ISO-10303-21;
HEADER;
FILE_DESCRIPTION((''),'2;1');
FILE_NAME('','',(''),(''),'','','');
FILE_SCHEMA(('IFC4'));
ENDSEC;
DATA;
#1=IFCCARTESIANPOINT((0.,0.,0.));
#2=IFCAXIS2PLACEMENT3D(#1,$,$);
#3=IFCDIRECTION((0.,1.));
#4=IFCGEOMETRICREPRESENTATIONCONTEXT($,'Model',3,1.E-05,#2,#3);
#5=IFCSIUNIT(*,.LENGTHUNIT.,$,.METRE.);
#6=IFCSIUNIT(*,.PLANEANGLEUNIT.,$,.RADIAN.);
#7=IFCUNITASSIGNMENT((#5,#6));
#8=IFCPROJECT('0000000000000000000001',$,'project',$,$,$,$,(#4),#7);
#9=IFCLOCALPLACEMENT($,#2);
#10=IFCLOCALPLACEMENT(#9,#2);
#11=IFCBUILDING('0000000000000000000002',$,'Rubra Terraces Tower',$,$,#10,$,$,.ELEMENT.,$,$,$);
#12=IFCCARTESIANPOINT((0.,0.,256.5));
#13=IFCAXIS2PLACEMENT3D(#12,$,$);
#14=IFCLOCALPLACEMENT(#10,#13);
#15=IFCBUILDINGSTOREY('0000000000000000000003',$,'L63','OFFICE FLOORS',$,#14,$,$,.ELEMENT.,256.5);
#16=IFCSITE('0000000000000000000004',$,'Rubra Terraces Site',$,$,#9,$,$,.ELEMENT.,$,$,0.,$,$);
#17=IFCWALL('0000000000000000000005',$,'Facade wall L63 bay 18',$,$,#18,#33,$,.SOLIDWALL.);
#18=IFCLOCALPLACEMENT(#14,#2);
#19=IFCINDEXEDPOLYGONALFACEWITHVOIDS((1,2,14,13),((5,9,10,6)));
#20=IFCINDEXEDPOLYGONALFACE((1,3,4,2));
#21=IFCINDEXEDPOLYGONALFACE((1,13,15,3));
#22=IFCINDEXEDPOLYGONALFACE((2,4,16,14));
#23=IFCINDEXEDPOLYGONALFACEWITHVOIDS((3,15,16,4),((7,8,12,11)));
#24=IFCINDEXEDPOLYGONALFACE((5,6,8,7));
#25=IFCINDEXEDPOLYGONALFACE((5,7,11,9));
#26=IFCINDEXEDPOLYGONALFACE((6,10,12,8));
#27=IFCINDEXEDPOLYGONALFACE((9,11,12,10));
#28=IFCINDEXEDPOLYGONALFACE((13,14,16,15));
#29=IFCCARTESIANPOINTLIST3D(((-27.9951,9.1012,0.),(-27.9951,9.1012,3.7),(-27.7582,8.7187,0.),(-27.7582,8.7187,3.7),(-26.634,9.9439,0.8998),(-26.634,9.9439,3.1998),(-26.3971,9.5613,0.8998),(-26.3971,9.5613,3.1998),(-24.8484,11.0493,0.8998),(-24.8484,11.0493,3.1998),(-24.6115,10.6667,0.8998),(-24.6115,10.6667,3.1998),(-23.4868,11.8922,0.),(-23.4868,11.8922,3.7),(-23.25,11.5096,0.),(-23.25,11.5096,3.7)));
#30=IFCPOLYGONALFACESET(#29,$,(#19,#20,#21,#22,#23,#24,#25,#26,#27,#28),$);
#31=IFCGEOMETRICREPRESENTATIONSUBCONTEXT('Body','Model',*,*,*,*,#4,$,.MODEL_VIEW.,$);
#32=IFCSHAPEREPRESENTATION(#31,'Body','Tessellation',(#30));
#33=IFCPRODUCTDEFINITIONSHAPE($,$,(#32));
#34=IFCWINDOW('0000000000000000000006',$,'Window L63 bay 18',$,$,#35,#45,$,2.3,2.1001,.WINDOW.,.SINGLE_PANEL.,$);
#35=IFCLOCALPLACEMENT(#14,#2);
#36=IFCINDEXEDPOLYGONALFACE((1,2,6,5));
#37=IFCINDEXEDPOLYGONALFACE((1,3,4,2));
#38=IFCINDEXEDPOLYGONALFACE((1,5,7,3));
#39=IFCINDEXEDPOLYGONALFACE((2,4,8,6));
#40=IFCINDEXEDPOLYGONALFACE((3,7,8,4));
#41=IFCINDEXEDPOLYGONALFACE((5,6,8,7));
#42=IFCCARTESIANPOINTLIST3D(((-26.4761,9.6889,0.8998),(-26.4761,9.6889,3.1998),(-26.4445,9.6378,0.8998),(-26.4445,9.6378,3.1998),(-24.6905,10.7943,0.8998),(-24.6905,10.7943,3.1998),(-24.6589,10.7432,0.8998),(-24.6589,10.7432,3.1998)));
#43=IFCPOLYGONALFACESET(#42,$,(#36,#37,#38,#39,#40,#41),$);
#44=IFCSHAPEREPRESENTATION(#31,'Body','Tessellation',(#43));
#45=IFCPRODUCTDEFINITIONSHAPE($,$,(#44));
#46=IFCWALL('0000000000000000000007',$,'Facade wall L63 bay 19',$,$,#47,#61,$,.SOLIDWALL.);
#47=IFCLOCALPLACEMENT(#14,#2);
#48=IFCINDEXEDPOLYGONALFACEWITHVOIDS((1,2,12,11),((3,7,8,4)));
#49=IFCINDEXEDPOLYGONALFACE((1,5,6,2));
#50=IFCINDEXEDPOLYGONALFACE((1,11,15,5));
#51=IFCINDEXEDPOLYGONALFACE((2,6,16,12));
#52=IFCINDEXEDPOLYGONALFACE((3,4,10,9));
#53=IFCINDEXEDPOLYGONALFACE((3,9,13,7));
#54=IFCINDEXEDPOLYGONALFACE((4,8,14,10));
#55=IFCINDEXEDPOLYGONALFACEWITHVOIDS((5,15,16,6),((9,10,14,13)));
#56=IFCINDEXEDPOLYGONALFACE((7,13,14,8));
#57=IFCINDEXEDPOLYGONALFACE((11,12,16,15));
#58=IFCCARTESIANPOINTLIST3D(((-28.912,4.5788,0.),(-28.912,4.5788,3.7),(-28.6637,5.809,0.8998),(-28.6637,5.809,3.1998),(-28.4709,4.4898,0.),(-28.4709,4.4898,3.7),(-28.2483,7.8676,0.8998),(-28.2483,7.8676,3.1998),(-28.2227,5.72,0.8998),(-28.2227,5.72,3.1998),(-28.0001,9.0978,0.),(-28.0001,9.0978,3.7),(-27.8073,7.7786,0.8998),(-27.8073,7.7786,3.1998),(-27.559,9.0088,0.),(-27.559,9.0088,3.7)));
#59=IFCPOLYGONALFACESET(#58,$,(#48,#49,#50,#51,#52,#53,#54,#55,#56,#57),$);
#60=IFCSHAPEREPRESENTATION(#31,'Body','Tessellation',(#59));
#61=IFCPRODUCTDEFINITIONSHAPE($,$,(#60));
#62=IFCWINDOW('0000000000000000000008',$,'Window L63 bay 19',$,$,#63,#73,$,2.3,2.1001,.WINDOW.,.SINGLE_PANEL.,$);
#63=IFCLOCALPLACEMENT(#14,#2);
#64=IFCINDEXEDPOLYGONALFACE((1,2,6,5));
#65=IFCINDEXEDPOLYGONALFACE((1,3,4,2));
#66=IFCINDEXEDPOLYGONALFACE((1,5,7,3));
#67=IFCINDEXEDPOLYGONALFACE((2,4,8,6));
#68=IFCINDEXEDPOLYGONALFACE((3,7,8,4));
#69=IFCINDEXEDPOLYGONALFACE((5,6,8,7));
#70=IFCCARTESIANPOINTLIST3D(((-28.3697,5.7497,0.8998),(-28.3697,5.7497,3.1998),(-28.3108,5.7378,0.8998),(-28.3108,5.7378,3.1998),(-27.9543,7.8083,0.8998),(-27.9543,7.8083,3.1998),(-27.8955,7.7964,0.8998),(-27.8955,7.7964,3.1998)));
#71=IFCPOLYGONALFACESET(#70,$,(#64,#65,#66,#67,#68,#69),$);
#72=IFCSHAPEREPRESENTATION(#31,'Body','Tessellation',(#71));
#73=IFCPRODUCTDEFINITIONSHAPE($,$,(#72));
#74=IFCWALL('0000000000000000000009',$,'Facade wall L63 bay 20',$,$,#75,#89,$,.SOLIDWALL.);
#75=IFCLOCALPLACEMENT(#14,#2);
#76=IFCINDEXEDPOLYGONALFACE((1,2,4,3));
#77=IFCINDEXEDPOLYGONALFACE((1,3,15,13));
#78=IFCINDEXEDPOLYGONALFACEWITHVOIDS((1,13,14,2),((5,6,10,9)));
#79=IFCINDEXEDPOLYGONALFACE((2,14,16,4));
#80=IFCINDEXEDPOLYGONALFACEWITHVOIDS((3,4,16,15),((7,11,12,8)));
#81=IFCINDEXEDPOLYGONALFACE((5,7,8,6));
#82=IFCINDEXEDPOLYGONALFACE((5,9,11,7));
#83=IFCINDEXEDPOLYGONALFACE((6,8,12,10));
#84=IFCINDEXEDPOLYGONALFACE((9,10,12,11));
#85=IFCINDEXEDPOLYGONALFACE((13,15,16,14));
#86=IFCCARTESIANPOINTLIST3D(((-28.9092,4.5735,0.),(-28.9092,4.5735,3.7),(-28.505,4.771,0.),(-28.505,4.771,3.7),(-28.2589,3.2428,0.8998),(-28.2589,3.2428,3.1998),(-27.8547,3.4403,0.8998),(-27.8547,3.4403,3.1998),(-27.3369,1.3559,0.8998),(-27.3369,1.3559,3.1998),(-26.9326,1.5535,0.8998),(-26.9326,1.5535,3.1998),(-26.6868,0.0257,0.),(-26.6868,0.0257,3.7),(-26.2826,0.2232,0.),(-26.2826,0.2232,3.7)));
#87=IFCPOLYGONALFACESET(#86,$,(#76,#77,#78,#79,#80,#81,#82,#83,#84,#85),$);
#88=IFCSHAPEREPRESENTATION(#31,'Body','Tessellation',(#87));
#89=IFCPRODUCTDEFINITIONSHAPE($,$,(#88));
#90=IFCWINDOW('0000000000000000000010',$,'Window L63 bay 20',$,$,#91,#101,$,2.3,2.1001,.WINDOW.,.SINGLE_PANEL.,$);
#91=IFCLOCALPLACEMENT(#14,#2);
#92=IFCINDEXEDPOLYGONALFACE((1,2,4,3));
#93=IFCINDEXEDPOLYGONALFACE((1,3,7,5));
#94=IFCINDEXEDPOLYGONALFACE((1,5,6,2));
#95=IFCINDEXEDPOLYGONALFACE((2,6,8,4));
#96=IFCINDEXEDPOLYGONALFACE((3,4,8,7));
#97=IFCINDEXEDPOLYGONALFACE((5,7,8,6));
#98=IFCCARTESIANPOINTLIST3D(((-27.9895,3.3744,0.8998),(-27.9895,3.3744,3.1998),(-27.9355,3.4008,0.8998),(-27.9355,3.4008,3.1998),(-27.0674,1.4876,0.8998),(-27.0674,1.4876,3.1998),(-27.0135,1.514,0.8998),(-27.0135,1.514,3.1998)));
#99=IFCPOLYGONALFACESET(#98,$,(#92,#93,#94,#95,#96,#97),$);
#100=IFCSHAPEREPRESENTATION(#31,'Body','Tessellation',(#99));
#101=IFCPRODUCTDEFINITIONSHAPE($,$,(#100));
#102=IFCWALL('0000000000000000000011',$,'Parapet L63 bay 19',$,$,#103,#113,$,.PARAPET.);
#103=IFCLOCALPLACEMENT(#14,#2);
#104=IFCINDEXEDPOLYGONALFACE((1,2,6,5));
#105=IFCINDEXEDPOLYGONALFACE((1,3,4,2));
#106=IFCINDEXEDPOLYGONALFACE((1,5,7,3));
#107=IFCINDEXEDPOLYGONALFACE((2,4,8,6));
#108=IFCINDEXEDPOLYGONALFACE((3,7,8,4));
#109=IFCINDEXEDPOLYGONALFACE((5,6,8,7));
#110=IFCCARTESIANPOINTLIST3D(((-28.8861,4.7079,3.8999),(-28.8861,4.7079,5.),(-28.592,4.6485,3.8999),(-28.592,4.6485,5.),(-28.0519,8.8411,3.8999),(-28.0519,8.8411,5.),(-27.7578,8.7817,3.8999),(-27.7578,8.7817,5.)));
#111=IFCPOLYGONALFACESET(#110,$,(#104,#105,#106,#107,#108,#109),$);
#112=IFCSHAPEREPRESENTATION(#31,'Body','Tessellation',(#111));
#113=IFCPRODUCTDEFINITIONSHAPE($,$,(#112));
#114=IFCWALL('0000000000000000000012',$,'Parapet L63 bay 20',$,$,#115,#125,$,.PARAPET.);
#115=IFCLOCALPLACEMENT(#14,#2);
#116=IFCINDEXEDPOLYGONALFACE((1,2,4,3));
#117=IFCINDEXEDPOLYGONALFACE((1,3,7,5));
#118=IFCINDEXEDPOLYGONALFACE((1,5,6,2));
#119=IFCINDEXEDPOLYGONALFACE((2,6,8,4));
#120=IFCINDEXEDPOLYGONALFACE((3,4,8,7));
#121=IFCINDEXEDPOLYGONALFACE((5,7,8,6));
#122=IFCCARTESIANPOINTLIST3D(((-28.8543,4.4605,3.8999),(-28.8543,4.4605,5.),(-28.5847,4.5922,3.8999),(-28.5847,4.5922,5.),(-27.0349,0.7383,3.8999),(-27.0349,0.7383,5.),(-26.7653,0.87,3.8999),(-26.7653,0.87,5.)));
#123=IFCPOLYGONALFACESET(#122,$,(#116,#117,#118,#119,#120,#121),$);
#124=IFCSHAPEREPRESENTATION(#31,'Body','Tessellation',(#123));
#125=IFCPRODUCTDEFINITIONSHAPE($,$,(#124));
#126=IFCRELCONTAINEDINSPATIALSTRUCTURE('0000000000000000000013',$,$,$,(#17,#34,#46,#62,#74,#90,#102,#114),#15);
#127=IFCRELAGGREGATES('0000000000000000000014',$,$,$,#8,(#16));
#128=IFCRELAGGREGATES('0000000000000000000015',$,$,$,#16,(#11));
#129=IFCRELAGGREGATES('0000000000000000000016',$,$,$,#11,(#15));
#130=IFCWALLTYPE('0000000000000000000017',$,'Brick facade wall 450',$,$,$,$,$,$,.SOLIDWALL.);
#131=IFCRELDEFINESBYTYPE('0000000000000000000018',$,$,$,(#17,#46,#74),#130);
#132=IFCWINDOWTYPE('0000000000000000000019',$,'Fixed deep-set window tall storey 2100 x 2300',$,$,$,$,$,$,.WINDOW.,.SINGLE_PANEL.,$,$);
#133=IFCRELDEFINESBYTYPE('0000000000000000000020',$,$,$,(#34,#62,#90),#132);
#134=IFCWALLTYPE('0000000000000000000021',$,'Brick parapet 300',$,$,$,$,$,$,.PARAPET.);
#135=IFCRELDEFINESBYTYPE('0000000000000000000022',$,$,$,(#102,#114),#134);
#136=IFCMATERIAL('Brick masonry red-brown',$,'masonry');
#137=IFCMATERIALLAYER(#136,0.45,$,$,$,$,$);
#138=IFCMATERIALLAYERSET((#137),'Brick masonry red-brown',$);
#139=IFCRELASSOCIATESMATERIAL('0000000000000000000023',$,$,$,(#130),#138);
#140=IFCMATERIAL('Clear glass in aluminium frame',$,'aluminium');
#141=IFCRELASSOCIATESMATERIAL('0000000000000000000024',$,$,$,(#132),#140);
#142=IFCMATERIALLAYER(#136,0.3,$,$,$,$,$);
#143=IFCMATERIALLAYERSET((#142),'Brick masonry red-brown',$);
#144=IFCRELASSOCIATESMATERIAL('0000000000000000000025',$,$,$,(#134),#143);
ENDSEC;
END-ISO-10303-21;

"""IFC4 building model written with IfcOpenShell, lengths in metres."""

from ifc_helpers import new_model, si_unit, direction, frame, frame_2d, origin, place, context, subcontext, project, spatial, rectangle, extrude, material, layer, layer_set, type_object, element, fill, save


model = new_model("IFC4")

# Units and contexts
model_context = context("Model", 3, precision=1e-05, world=origin(), true_north=direction((0.0, 1.0)))
body_context = subcontext(model_context, "Body", "Model", "MODEL_VIEW")
ifc_project = project(units=[si_unit("LENGTHUNIT", "METRE"), si_unit("PLANEANGLEUNIT", "RADIAN")], contexts=[model_context])

# Site, building, storey
site_placement = place(None, origin())
site = spatial("IfcSite", under=ifc_project, at=site_placement, Name="Rubra Terraces Site", CompositionType="ELEMENT", RefElevation=0.0)
building_placement = place(site_placement, origin())
building = spatial("IfcBuilding", under=site, at=building_placement, Name="Rubra Terraces Tower", CompositionType="ELEMENT")
storey_placement = place(building_placement, frame((0.0, 0.0, 256.5)))
storey = spatial("IfcBuildingStorey", under=building, at=storey_placement, Name="L63", Description="OFFICE FLOORS", CompositionType="ELEMENT", Elevation=256.5)

# Walls, openings, windows
ifc_material_1 = material(Name="Brick masonry red-brown", Category="masonry")
ifc_layer_1 = layer(ifc_material_1, 0.45)
ifc_layer_set_1 = layer_set([ifc_layer_1], Name="Brick masonry red-brown")
wall_type_1 = type_object("IfcWallType", Name="Brick facade wall 450", PredefinedType="SOLIDWALL", material=ifc_layer_set_1)
wall_1_placement = place(storey_placement, frame((-23.3684, 11.7009, 0.0), z_axis=(0.0, 0.0, 1.0), x_axis=(-0.850251, -0.526377, 0.0)))
wall_1 = element("IfcWall", 1, at=wall_1_placement, inside=storey, type_object=wall_type_1, Name="Facade wall L63 bay 18", PredefinedType="SOLIDWALL", context=body_context, shape_type="SweptSolid", body=[
    extrude(rectangle(XDim=5.3022, YDim=0.45, at=frame_2d((2.6511, 0.0))), origin(), (0.0, 0.0, 1.0), 3.7),
])
opening_1_placement = place(wall_1_placement, frame((1.6013, 0.0, 0.8999)))
opening_1 = element("IfcOpeningElement", 2, at=opening_1_placement, cuts=wall_1, PredefinedType="OPENING", context=body_context, shape_type="SweptSolid", body=[
    extrude(rectangle(XDim=2.1001, YDim=2.3, at=frame_2d((1.05, 1.1499))), frame((0.0, 0.2349, 0.0), z_axis=(0.0, -1.0, 0.0), x_axis=(1.0, 0.0, 0.0)), (0.0, 0.0, 1.0), 0.47),
])
ifc_material_2 = material(Name="Clear glass in aluminium frame", Category="aluminium")
window_type = type_object("IfcWindowType", Name="Fixed deep-set window tall storey 2100 x 2300", PartitioningType="SINGLE_PANEL", PredefinedType="WINDOW", material=ifc_material_2)
window_1_placement = place(opening_1_placement, origin())
window_1 = element("IfcWindow", 3, at=window_1_placement, inside=storey, type_object=window_type, Name="Window L63 bay 18", OverallHeight=2.3, OverallWidth=2.1001, PartitioningType="SINGLE_PANEL", PredefinedType="WINDOW", context=body_context, shape_type="SweptSolid", body=[
    extrude(rectangle(XDim=2.1001, YDim=2.3, at=frame_2d((1.05, 1.1499))), frame((0.0, 0.135, 0.0), z_axis=(0.0, -1.0, 0.0), x_axis=(1.0, 0.0, 0.0)), (0.0, 0.0, 1.0), 0.0601),
])
fill(opening_1, window_1)
wall_2_placement = place(storey_placement, frame((-27.7795, 9.0535, 0.0), z_axis=(0.0, 0.0, 1.0), x_axis=(-0.197796, -0.980243, 0.0)))
wall_2 = element("IfcWall", 4, at=wall_2_placement, inside=storey, type_object=wall_type_1, Name="Facade wall L63 bay 19", PredefinedType="SOLIDWALL", context=body_context, shape_type="SweptSolid", body=[
    extrude(rectangle(XDim=4.6101, YDim=0.45, at=frame_2d((2.3052, 0.0))), origin(), (0.0, 0.0, 1.0), 3.7),
])
opening_2_placement = place(wall_2_placement, frame((1.2551, 0.0, 0.8999)))
opening_2 = element("IfcOpeningElement", 5, at=opening_2_placement, cuts=wall_2, PredefinedType="OPENING", context=body_context, shape_type="SweptSolid", body=[
    extrude(rectangle(XDim=2.1001, YDim=2.3, at=frame_2d((1.05, 1.1499))), frame((0.0, 0.2349, 0.0), z_axis=(0.0, -1.0, 0.0), x_axis=(1.0, 0.0, 0.0)), (0.0, 0.0, 1.0), 0.47),
])
window_2_placement = place(opening_2_placement, origin())
window_2 = element("IfcWindow", 6, at=window_2_placement, inside=storey, type_object=window_type, Name="Window L63 bay 19", OverallHeight=2.3, OverallWidth=2.1001, PartitioningType="SINGLE_PANEL", PredefinedType="WINDOW", context=body_context, shape_type="SweptSolid", body=[
    extrude(rectangle(XDim=2.1001, YDim=2.3, at=frame_2d((1.05, 1.1499))), frame((0.0, 0.135, 0.0), z_axis=(0.0, -1.0, 0.0), x_axis=(1.0, 0.0, 0.0)), (0.0, 0.0, 1.0), 0.0601),
])
fill(opening_2, window_2)
wall_3_placement = place(storey_placement, frame((-28.707, 4.6721, 0.0), z_axis=(0.0, 0.0, 1.0), x_axis=(0.439054, -0.898461, 0.0)))
wall_3 = element("IfcWall", 7, at=wall_3_placement, inside=storey, type_object=wall_type_1, Name="Facade wall L63 bay 20", PredefinedType="SOLIDWALL", context=body_context, shape_type="SweptSolid", body=[
    extrude(rectangle(XDim=5.0618, YDim=0.45, at=frame_2d((2.5308, 0.0))), origin(), (0.0, 0.0, 1.0), 3.7),
])
opening_3_placement = place(wall_3_placement, frame((1.481, 0.0, 0.8999)))
opening_3 = element("IfcOpeningElement", 8, at=opening_3_placement, cuts=wall_3, PredefinedType="OPENING", context=body_context, shape_type="SweptSolid", body=[
    extrude(rectangle(XDim=2.1001, YDim=2.3, at=frame_2d((1.05, 1.1499))), frame((0.0, 0.2349, 0.0), z_axis=(0.0, -1.0, 0.0), x_axis=(1.0, 0.0, 0.0)), (0.0, 0.0, 1.0), 0.47),
])
window_3_placement = place(opening_3_placement, origin())
window_3 = element("IfcWindow", 9, at=window_3_placement, inside=storey, type_object=window_type, Name="Window L63 bay 20", OverallHeight=2.3, OverallWidth=2.1001, PartitioningType="SINGLE_PANEL", PredefinedType="WINDOW", context=body_context, shape_type="SweptSolid", body=[
    extrude(rectangle(XDim=2.1001, YDim=2.3, at=frame_2d((1.05, 1.1499))), frame((0.0, 0.135, 0.0), z_axis=(0.0, -1.0, 0.0), x_axis=(1.0, 0.0, 0.0)), (0.0, 0.0, 1.0), 0.0601),
])
fill(opening_3, window_3)

# Walls
ifc_layer_2 = layer(ifc_material_1, 0.3)
ifc_layer_set_2 = layer_set([ifc_layer_2], Name="Brick masonry red-brown")
wall_type_2 = type_object("IfcWallType", Name="Brick parapet 300", PredefinedType="PARAPET", material=ifc_layer_set_2)
wall_4_placement = place(storey_placement, frame((-27.9048, 8.8115, 3.8999), z_axis=(0.0, 0.0, 1.0), x_axis=(-0.197842, -0.980234, 0.0)))
element("IfcWall", 10, at=wall_4_placement, inside=storey, type_object=wall_type_2, Name="Parapet L63 bay 19", PredefinedType="PARAPET", context=body_context, shape_type="SweptSolid", body=[
    extrude(rectangle(XDim=4.2166, YDim=0.3, at=frame_2d((2.1084, 0.0))), origin(), (0.0, 0.0, 1.0), 1.1001),
])
wall_5_placement = place(storey_placement, frame((-28.7195, 4.5264, 3.8999), z_axis=(0.0, 0.0, 1.0), x_axis=(0.439134, -0.898422, 0.0)))
element("IfcWall", 11, at=wall_5_placement, inside=storey, type_object=wall_type_2, Name="Parapet L63 bay 20", PredefinedType="PARAPET", context=body_context, shape_type="SweptSolid", body=[
    extrude(rectangle(XDim=4.1431, YDim=0.3, at=frame_2d((2.0715, 0.0))), origin(), (0.0, 0.0, 1.0), 1.1001),
])

save(model, "model.ifc")
